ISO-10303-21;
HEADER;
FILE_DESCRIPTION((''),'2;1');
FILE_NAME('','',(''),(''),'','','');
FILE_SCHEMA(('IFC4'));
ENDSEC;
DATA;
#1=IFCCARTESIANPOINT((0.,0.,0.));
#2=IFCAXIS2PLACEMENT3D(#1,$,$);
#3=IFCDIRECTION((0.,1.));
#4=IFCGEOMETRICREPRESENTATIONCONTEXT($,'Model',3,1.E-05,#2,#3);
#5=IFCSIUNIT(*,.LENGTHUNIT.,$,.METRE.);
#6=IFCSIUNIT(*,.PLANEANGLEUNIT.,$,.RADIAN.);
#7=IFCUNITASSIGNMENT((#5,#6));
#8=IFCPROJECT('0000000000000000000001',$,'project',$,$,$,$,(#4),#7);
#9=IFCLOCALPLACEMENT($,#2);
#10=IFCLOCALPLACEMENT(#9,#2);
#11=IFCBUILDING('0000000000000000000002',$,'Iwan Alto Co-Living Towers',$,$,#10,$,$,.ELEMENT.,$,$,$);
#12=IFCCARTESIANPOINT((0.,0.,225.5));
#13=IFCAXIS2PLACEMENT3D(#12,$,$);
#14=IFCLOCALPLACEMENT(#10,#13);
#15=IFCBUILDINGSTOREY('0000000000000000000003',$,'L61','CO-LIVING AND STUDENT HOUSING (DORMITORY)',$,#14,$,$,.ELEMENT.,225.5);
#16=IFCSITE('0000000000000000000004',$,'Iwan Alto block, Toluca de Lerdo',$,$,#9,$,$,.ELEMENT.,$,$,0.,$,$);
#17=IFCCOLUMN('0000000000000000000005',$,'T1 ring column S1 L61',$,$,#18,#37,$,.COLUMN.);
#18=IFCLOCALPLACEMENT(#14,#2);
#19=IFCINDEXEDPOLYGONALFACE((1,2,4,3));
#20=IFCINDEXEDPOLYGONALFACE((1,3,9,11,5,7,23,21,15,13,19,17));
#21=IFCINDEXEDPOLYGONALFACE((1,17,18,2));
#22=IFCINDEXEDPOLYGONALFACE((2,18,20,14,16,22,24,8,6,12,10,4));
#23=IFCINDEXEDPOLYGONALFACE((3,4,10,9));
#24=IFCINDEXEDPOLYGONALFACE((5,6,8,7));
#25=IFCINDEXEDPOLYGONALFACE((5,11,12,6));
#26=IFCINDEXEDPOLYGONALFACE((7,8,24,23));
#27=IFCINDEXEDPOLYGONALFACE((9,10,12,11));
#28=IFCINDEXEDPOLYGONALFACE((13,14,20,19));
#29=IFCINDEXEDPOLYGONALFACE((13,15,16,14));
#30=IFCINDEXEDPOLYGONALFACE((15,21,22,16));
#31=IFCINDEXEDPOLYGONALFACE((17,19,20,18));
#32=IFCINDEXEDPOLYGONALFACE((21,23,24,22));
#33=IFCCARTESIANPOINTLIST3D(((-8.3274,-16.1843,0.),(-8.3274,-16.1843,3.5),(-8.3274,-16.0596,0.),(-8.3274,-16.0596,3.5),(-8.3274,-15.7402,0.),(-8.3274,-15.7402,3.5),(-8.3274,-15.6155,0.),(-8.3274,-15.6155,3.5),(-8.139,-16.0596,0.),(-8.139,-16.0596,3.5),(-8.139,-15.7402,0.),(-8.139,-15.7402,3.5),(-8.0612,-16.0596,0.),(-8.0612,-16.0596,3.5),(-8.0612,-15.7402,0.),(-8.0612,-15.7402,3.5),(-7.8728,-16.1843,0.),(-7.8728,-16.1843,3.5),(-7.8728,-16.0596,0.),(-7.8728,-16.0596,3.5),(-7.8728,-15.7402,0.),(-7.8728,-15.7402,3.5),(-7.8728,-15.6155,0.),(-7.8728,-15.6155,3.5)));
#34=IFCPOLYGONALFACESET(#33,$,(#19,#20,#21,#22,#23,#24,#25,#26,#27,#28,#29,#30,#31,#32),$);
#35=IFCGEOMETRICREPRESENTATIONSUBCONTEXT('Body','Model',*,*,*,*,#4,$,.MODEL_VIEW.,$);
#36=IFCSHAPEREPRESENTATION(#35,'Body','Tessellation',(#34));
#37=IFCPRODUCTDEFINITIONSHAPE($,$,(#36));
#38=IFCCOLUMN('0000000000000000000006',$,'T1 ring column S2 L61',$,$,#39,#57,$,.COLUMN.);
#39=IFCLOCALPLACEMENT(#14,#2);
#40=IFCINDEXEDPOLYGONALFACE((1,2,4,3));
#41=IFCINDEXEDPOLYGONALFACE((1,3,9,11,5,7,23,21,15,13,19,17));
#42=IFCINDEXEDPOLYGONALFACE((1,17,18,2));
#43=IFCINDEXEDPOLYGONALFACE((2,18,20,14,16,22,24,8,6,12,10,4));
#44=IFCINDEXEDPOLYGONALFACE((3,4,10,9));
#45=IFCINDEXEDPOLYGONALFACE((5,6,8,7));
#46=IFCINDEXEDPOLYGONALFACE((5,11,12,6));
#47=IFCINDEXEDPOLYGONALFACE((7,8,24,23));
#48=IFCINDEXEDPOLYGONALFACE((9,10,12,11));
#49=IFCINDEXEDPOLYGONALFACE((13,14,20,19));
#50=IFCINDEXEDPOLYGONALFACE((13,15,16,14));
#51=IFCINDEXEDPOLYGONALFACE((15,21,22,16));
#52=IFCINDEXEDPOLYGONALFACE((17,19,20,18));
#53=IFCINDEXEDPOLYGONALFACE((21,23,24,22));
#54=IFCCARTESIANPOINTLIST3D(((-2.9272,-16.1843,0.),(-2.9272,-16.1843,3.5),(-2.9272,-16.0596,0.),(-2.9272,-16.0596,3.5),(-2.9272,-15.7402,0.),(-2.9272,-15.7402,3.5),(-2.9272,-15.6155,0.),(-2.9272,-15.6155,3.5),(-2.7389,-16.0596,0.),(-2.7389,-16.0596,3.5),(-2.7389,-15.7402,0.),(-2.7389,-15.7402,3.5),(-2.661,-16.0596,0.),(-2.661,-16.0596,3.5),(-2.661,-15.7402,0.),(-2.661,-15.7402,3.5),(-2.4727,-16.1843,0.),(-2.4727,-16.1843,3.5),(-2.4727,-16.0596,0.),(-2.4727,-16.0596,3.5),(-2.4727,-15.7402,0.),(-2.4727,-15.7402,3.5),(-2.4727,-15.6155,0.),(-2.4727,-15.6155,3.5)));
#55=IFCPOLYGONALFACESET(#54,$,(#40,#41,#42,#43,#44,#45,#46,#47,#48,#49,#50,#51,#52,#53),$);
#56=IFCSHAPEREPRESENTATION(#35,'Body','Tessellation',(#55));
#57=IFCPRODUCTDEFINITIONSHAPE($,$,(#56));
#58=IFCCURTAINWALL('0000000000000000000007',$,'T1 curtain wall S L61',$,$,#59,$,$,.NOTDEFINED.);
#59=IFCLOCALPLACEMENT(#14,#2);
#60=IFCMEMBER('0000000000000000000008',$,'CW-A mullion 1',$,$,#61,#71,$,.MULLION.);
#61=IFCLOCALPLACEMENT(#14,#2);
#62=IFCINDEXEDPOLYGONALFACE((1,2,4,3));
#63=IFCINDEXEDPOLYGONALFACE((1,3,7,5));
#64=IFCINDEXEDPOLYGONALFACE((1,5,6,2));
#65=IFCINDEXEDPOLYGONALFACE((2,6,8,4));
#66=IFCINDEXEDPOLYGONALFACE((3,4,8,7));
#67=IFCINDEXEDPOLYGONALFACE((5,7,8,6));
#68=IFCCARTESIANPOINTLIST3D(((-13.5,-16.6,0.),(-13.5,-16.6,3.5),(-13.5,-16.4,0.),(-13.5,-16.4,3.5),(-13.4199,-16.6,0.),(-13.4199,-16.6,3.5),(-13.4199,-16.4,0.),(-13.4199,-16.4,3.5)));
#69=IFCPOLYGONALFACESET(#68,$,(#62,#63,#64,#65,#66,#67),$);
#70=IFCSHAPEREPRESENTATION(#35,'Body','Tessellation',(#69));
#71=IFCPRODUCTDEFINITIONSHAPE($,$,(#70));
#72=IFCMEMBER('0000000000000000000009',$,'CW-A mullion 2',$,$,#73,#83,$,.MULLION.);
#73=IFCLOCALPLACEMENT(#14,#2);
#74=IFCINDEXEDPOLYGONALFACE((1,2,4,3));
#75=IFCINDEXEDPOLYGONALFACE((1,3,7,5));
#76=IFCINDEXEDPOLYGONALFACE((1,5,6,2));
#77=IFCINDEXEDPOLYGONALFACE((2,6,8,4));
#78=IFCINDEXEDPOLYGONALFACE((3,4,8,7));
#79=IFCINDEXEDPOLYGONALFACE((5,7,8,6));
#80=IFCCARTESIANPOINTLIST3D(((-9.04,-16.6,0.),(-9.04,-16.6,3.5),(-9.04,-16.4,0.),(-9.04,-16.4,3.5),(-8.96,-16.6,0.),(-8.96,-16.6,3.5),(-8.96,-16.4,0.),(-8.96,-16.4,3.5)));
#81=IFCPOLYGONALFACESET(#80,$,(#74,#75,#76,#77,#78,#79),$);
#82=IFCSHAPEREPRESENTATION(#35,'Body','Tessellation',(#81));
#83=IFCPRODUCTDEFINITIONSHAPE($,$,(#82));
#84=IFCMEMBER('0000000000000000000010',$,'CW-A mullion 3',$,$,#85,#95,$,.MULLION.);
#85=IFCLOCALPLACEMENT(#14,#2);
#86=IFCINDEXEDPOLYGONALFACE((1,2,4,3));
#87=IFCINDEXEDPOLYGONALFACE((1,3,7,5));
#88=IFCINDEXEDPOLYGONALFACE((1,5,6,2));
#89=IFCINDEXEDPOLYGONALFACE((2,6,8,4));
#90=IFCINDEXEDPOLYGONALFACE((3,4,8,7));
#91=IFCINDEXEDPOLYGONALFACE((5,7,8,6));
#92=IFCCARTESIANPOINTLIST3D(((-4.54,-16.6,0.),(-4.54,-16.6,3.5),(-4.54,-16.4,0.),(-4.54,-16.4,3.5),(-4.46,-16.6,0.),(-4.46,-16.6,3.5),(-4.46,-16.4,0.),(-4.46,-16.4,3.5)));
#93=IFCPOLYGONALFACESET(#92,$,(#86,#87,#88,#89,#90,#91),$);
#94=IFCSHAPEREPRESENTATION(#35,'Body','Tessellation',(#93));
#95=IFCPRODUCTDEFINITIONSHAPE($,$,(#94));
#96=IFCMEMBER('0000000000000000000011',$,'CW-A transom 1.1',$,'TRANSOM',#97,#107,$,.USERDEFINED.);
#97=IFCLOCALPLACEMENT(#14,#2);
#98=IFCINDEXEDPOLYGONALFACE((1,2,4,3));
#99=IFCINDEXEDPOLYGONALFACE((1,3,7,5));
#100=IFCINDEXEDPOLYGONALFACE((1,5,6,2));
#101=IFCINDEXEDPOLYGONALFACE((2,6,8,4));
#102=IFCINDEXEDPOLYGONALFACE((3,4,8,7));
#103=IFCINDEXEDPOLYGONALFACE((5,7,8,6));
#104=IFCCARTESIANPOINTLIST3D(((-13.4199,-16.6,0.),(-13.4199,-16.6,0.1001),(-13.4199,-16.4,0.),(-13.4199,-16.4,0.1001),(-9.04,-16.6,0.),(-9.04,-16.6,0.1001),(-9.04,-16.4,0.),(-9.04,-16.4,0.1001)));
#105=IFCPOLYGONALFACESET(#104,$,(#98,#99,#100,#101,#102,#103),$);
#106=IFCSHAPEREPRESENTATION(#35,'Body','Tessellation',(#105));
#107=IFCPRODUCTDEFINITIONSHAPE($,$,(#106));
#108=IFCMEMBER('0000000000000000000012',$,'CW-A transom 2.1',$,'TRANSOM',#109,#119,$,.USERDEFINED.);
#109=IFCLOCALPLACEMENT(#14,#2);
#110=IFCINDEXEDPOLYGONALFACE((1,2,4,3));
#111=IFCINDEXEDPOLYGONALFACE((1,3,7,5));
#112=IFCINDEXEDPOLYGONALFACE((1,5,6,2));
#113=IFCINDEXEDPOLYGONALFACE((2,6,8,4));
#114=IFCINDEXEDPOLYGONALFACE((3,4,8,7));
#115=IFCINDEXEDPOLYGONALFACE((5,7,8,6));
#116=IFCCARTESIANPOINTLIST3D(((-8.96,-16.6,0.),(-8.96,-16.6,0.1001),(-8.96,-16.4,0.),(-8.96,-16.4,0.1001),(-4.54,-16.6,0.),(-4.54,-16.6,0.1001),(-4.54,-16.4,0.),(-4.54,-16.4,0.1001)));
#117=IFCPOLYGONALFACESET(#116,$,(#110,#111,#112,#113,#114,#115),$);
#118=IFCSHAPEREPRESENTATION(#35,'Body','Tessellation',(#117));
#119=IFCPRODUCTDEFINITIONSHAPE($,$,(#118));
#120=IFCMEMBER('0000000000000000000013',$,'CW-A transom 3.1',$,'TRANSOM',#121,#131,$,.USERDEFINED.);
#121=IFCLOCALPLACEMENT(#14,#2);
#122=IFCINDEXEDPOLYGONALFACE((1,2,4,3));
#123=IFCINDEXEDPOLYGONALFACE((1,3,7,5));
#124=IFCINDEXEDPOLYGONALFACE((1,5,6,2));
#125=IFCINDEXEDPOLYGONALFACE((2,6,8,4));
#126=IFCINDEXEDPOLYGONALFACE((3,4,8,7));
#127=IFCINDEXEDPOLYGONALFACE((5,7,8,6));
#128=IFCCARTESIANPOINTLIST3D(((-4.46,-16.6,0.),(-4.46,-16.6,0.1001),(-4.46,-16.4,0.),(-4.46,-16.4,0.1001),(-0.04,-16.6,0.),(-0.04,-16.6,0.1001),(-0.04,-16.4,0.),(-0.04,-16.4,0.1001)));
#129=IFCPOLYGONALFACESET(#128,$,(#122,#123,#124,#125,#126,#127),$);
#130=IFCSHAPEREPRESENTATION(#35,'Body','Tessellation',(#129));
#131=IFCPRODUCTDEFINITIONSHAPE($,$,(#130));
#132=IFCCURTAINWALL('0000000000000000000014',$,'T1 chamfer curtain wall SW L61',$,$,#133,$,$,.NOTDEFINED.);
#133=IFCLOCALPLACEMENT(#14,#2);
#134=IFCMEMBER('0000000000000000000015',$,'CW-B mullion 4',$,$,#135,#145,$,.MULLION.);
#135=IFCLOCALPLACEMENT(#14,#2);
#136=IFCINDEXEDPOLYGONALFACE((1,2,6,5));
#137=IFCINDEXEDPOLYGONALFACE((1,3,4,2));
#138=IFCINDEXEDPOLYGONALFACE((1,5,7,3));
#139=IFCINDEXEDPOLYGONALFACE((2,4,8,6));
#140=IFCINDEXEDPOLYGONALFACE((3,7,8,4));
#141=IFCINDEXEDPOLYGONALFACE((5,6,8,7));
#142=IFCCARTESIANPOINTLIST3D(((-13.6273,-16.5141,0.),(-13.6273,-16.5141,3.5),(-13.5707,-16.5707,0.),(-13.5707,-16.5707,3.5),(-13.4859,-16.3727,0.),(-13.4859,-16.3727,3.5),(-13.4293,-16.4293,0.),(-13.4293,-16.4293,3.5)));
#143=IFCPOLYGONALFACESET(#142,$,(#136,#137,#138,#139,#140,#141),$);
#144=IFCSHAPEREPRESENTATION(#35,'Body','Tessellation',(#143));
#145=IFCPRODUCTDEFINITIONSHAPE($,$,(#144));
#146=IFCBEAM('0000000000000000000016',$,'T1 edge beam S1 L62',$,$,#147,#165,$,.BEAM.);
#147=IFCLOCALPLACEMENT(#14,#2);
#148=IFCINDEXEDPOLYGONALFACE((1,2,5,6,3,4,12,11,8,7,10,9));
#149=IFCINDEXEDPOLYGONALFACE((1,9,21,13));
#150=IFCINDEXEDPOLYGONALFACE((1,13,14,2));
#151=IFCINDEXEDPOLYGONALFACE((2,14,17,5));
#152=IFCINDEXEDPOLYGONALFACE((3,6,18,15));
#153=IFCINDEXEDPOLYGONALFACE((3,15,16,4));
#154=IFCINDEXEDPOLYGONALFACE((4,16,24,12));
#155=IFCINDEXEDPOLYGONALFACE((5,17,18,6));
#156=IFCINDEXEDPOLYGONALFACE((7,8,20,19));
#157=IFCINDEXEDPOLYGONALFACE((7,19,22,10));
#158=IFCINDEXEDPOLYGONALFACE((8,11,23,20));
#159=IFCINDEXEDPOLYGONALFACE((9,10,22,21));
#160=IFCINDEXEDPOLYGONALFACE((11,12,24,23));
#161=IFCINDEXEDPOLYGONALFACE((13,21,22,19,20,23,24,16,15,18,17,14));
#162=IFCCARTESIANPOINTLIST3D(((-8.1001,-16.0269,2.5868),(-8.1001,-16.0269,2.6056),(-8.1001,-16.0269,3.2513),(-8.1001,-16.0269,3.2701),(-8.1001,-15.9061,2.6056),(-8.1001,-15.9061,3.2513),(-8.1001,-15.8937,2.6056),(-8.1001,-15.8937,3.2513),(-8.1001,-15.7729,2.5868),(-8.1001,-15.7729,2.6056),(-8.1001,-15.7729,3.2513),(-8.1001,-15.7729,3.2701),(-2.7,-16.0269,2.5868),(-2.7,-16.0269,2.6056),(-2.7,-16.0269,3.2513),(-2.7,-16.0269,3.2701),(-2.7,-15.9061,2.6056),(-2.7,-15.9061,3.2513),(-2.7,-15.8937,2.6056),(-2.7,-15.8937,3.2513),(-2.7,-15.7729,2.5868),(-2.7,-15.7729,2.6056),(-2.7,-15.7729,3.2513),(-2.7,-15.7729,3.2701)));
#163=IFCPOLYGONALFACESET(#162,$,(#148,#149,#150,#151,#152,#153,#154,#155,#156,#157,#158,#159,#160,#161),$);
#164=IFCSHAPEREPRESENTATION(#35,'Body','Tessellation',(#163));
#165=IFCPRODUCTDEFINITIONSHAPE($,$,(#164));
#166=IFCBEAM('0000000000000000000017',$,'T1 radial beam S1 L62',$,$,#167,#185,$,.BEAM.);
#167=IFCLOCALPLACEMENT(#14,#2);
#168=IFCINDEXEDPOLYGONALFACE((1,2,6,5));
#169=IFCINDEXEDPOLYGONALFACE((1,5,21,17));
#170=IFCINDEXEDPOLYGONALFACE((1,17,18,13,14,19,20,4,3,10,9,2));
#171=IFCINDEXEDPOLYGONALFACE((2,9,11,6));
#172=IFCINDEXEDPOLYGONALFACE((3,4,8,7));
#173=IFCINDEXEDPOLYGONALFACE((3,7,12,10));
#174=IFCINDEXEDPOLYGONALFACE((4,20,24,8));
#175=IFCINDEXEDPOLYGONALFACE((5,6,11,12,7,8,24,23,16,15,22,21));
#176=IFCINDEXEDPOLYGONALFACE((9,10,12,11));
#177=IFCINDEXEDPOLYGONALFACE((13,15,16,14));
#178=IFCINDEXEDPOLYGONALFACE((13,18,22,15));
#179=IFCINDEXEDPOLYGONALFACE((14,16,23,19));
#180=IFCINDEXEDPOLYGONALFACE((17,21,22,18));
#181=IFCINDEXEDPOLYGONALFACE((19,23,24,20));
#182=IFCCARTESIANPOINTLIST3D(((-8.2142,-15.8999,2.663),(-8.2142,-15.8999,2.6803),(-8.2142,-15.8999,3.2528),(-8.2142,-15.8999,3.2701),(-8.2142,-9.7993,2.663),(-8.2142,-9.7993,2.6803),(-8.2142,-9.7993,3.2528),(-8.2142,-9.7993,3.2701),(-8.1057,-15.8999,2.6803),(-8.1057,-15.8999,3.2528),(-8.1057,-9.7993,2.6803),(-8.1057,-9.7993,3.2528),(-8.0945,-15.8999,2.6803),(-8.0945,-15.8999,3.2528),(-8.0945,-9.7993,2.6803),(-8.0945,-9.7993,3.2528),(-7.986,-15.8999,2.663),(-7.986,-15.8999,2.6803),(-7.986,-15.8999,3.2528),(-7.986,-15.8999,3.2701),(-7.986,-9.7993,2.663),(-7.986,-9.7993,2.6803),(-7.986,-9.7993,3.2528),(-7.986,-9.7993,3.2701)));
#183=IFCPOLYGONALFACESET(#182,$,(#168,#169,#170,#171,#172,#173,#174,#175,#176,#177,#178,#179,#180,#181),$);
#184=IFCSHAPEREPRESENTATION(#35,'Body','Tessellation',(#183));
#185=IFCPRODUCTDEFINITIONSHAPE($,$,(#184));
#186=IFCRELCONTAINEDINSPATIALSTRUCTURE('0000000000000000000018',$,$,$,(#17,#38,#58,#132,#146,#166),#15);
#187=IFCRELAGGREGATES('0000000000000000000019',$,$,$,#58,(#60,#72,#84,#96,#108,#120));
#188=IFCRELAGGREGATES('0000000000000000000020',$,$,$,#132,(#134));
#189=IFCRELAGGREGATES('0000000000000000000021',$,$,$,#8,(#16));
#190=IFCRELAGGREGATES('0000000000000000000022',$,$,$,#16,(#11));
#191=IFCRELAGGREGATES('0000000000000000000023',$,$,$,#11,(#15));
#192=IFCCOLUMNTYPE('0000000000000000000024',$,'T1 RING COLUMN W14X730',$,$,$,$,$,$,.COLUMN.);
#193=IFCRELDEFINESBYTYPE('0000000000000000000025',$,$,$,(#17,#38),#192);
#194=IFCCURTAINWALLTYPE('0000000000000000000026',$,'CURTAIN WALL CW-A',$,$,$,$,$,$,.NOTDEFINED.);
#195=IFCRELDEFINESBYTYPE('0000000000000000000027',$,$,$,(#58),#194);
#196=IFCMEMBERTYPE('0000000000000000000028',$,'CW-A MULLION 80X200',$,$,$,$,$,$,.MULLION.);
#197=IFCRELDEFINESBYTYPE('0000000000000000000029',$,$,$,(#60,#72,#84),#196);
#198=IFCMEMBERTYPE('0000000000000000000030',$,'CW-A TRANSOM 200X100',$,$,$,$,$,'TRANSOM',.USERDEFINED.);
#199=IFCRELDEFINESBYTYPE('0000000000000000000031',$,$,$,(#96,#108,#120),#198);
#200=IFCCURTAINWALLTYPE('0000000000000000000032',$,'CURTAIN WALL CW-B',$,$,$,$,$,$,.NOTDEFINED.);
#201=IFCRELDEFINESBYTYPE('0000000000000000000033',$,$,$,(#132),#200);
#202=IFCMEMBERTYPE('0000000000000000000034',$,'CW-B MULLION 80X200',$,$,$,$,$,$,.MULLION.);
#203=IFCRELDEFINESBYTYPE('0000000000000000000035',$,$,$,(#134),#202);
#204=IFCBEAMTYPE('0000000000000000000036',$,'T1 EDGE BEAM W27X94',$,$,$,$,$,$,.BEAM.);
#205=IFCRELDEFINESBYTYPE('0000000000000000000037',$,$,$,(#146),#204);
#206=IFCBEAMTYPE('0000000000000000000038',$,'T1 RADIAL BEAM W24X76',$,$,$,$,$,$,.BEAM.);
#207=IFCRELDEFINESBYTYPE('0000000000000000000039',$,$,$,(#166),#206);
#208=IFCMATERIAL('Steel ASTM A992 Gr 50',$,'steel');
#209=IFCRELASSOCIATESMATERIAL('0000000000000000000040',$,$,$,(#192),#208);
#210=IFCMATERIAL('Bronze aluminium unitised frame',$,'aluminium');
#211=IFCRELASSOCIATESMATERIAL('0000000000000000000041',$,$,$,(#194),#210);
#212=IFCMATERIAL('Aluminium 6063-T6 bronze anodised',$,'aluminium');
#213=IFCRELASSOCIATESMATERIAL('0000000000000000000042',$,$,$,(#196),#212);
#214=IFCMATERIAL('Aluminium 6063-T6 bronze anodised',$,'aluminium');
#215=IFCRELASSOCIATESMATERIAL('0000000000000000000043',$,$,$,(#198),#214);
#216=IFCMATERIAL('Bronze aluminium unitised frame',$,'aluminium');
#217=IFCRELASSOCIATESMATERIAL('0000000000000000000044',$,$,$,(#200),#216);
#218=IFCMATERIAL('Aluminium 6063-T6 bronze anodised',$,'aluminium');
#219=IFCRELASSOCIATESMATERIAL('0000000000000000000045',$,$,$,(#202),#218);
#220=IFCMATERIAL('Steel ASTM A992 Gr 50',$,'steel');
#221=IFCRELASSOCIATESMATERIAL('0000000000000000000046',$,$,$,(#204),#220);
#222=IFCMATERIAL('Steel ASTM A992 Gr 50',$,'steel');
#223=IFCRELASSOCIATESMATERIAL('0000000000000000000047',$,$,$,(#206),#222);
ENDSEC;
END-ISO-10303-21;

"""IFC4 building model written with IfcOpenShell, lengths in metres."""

from ifc_helpers import new_model, si_unit, direction, frame, origin, origin_2d, place, context, subcontext, project, spatial, rectangle, i_section, extrude, material, material_profile, profile_set, type_object, element, aggregate, save


model = new_model("IFC4")

# Units and contexts
model_context = context("Model", 3, precision=1e-05, world=origin(), true_north=direction((0.0, 1.0)))
body_context = subcontext(model_context, "Body", "Model", "MODEL_VIEW")
ifc_project = project(units=[si_unit("LENGTHUNIT", "METRE"), si_unit("PLANEANGLEUNIT", "RADIAN")], contexts=[model_context])

# Site, building, storey
site_placement = place(None, origin())
site = spatial("IfcSite", under=ifc_project, at=site_placement, Name="Iwan Alto block, Toluca de Lerdo", CompositionType="ELEMENT", RefElevation=0.0)
building_placement = place(site_placement, origin())
building = spatial("IfcBuilding", under=site, at=building_placement, Name="Iwan Alto Co-Living Towers", CompositionType="ELEMENT")
storey_placement = place(building_placement, frame((0.0, 0.0, 225.5)))
storey = spatial("IfcBuildingStorey", under=building, at=storey_placement, Name="L61", Description="CO-LIVING AND STUDENT HOUSING (DORMITORY)", CompositionType="ELEMENT", Elevation=225.5)

# Columns
ifc_material_1 = material(Name="Steel ASTM A992 Gr 50", Category="steel")
ifc_material_profile_1 = material_profile(ifc_material_1, i_section(OverallWidth=0.4546, OverallDepth=0.5688, WebThickness=0.0779, FlangeThickness=0.1248, at=origin_2d()), Name="W14X730")
ifc_profile_set_1 = profile_set([ifc_material_profile_1], Name="Steel ASTM A992 Gr 50")
column_type = type_object("IfcColumnType", Name="T1 RING COLUMN W14X730", PredefinedType="COLUMN", material=ifc_profile_set_1)
for number, where, z_axis, x_axis, name in (
    (1, (-8.1001, -15.8999, 0.0), (0.0, 0.0, 1.0), (1.0, 0.0, 0.0), "T1 ring column S1 L61"),
    (2, (-2.7, -15.8999, 0.0), (0.0, 0.0, 1.0), (1.0, 0.0, 0.0), "T1 ring column S2 L61"),
):
    element("IfcColumn", number, at=place(storey_placement, frame(where, z_axis=z_axis, x_axis=x_axis)), inside=storey, type_object=column_type, Name=name, PredefinedType="COLUMN", context=body_context, shape_type="SweptSolid", body=[
        extrude(i_section(OverallWidth=0.4546, OverallDepth=0.5688, WebThickness=0.0779, FlangeThickness=0.1248, at=origin_2d()), origin(), (0.0, 0.0, 1.0), 3.5),
    ])

# Curtain wall, members
ifc_material_2 = material(Name="Bronze aluminium unitised frame", Category="aluminium")
curtain_wall_type_1 = type_object("IfcCurtainWallType", Name="CURTAIN WALL CW-A", PredefinedType="NOTDEFINED", material=ifc_material_2)
curtain_wall_1_placement = place(storey_placement, origin())
curtain_wall_1 = element("IfcCurtainWall", 3, at=curtain_wall_1_placement, inside=storey, type_object=curtain_wall_type_1, Name="T1 curtain wall S L61", PredefinedType="NOTDEFINED")
ifc_material_3 = material(Name="Aluminium 6063-T6 bronze anodised", Category="aluminium")
ifc_material_profile_2 = material_profile(ifc_material_3, rectangle(XDim=0.2, YDim=0.0801, at=origin_2d()), Name="AL 80X200")
ifc_profile_set_2 = profile_set([ifc_material_profile_2], Name="Aluminium 6063-T6 bronze anodised")
member_type_1 = type_object("IfcMemberType", Name="CW-A MULLION 80X200", PredefinedType="MULLION", material=ifc_profile_set_2)
member_1_placement = place(storey_placement, frame((-13.46, -16.5, 0.0), z_axis=(0.0, 0.0, 1.0), x_axis=(0.0, 1.0, 0.0)))
member_1 = element("IfcMember", 4, at=member_1_placement, type_object=member_type_1, Name="CW-A mullion 1", PredefinedType="MULLION", context=body_context, shape_type="SweptSolid", body=[
    extrude(rectangle(XDim=0.2, YDim=0.0801, at=origin_2d()), origin(), (0.0, 0.0, 1.0), 3.5),
])
member_2_placement = place(storey_placement, frame((-9.0, -16.5, 0.0), z_axis=(0.0, 0.0, 1.0), x_axis=(0.0, 1.0, 0.0)))
member_2 = element("IfcMember", 5, at=member_2_placement, type_object=member_type_1, Name="CW-A mullion 2", PredefinedType="MULLION", context=body_context, shape_type="SweptSolid", body=[
    extrude(rectangle(XDim=0.2, YDim=0.0801, at=origin_2d()), origin(), (0.0, 0.0, 1.0), 3.5),
])
member_3_placement = place(storey_placement, frame((-4.5, -16.5, 0.0), z_axis=(0.0, 0.0, 1.0), x_axis=(0.0, 1.0, 0.0)))
member_3 = element("IfcMember", 6, at=member_3_placement, type_object=member_type_1, Name="CW-A mullion 3", PredefinedType="MULLION", context=body_context, shape_type="SweptSolid", body=[
    extrude(rectangle(XDim=0.2, YDim=0.0801, at=origin_2d()), origin(), (0.0, 0.0, 1.0), 3.5),
])
ifc_material_4 = material(Name="Aluminium 6063-T6 bronze anodised", Category="aluminium")
ifc_material_profile_3 = material_profile(ifc_material_4, rectangle(XDim=0.2, YDim=0.1001, at=origin_2d()), Name="AL 200X100")
ifc_profile_set_3 = profile_set([ifc_material_profile_3], Name="Aluminium 6063-T6 bronze anodised")
member_type_2 = type_object("IfcMemberType", Name="CW-A TRANSOM 200X100", ElementType="TRANSOM", PredefinedType="USERDEFINED", material=ifc_profile_set_3)
member_4_placement = place(storey_placement, frame((-13.4199, -16.5, 0.05), z_axis=(1.0, 0.0, 0.0), x_axis=(0.0, 1.0, 0.0)))
member_4 = element("IfcMember", 7, at=member_4_placement, type_object=member_type_2, Name="CW-A transom 1.1", ObjectType="TRANSOM", PredefinedType="USERDEFINED", context=body_context, shape_type="SweptSolid", body=[
    extrude(rectangle(XDim=0.2, YDim=0.1001, at=origin_2d()), origin(), (0.0, 0.0, 1.0), 4.3799),
])
member_5_placement = place(storey_placement, frame((-8.96, -16.5, 0.05), z_axis=(1.0, 0.0, 0.0), x_axis=(0.0, 1.0, 0.0)))
member_5 = element("IfcMember", 8, at=member_5_placement, type_object=member_type_2, Name="CW-A transom 2.1", ObjectType="TRANSOM", PredefinedType="USERDEFINED", context=body_context, shape_type="SweptSolid", body=[
    extrude(rectangle(XDim=0.2, YDim=0.1001, at=origin_2d()), origin(), (0.0, 0.0, 1.0), 4.4199),
])
member_6_placement = place(storey_placement, frame((-4.46, -16.5, 0.05), z_axis=(1.0, 0.0, 0.0), x_axis=(0.0, 1.0, 0.0)))
member_6 = element("IfcMember", 9, at=member_6_placement, type_object=member_type_2, Name="CW-A transom 3.1", ObjectType="TRANSOM", PredefinedType="USERDEFINED", context=body_context, shape_type="SweptSolid", body=[
    extrude(rectangle(XDim=0.2, YDim=0.1001, at=origin_2d()), origin(), (0.0, 0.0, 1.0), 4.4199),
])

# Curtain wall, member
ifc_material_5 = material(Name="Bronze aluminium unitised frame", Category="aluminium")
curtain_wall_type_2 = type_object("IfcCurtainWallType", Name="CURTAIN WALL CW-B", PredefinedType="NOTDEFINED", material=ifc_material_5)
curtain_wall_2_placement = place(storey_placement, origin())
curtain_wall_2 = element("IfcCurtainWall", 10, at=curtain_wall_2_placement, inside=storey, type_object=curtain_wall_type_2, Name="T1 chamfer curtain wall SW L61", PredefinedType="NOTDEFINED")
ifc_material_6 = material(Name="Aluminium 6063-T6 bronze anodised", Category="aluminium")
ifc_material_profile_4 = material_profile(ifc_material_6, rectangle(XDim=0.2, YDim=0.0801, at=origin_2d()), Name="AL 80X200")
ifc_profile_set_4 = profile_set([ifc_material_profile_4], Name="Aluminium 6063-T6 bronze anodised")
member_type_3 = type_object("IfcMemberType", Name="CW-B MULLION 80X200", PredefinedType="MULLION", material=ifc_profile_set_4)
member_7_placement = place(storey_placement, frame((-13.5283, -16.4717, 0.0), z_axis=(0.0, 0.0, 1.0), x_axis=(0.707107, 0.707107, 0.0)))
member_7 = element("IfcMember", 11, at=member_7_placement, type_object=member_type_3, Name="CW-B mullion 4", PredefinedType="MULLION", context=body_context, shape_type="SweptSolid", body=[
    extrude(rectangle(XDim=0.2, YDim=0.0801, at=origin_2d()), origin(), (0.0, 0.0, 1.0), 3.5),
])

# Beams
ifc_material_7 = material(Name="Steel ASTM A992 Gr 50", Category="steel")
ifc_material_profile_5 = material_profile(ifc_material_7, i_section(OverallWidth=0.2539, OverallDepth=0.6833, WebThickness=0.0125, FlangeThickness=0.0188, at=origin_2d()), Name="W27X94")
ifc_profile_set_5 = profile_set([ifc_material_profile_5], Name="Steel ASTM A992 Gr 50")
beam_type_1 = type_object("IfcBeamType", Name="T1 EDGE BEAM W27X94", PredefinedType="BEAM", material=ifc_profile_set_5)
beam_1_placement = place(storey_placement, frame((-8.1001, -15.8999, 2.9285), z_axis=(1.0, 0.0, 0.0), x_axis=(0.0, 1.0, 0.0)))
element("IfcBeam", 12, at=beam_1_placement, inside=storey, type_object=beam_type_1, Name="T1 edge beam S1 L62", PredefinedType="BEAM", context=body_context, shape_type="SweptSolid", body=[
    extrude(i_section(OverallWidth=0.2539, OverallDepth=0.6833, WebThickness=0.0125, FlangeThickness=0.0188, at=origin_2d()), origin(), (0.0, 0.0, 1.0), 5.4001),
])
ifc_material_8 = material(Name="Steel ASTM A992 Gr 50", Category="steel")
ifc_material_profile_6 = material_profile(ifc_material_8, i_section(OverallWidth=0.2283, OverallDepth=0.6072, WebThickness=0.0112, FlangeThickness=0.0173, at=origin_2d()), Name="W24X76")
ifc_profile_set_6 = profile_set([ifc_material_profile_6], Name="Steel ASTM A992 Gr 50")
beam_type_2 = type_object("IfcBeamType", Name="T1 RADIAL BEAM W24X76", PredefinedType="BEAM", material=ifc_profile_set_6)
beam_2_placement = place(storey_placement, frame((-8.1001, -15.8999, 2.9666), z_axis=(0.0, 1.0, 0.0), x_axis=(-1.0, 0.0, 0.0)))
element("IfcBeam", 13, at=beam_2_placement, inside=storey, type_object=beam_type_2, Name="T1 radial beam S1 L62", PredefinedType="BEAM", context=body_context, shape_type="SweptSolid", body=[
    extrude(i_section(OverallWidth=0.2283, OverallDepth=0.6072, WebThickness=0.0112, FlangeThickness=0.0173, at=origin_2d()), origin(), (0.0, 0.0, 1.0), 6.1006),
])

aggregate(curtain_wall_1, [member_1, member_2, member_3, member_4, member_5, member_6])
aggregate(curtain_wall_2, [member_7])

save(model, "model.ifc")
